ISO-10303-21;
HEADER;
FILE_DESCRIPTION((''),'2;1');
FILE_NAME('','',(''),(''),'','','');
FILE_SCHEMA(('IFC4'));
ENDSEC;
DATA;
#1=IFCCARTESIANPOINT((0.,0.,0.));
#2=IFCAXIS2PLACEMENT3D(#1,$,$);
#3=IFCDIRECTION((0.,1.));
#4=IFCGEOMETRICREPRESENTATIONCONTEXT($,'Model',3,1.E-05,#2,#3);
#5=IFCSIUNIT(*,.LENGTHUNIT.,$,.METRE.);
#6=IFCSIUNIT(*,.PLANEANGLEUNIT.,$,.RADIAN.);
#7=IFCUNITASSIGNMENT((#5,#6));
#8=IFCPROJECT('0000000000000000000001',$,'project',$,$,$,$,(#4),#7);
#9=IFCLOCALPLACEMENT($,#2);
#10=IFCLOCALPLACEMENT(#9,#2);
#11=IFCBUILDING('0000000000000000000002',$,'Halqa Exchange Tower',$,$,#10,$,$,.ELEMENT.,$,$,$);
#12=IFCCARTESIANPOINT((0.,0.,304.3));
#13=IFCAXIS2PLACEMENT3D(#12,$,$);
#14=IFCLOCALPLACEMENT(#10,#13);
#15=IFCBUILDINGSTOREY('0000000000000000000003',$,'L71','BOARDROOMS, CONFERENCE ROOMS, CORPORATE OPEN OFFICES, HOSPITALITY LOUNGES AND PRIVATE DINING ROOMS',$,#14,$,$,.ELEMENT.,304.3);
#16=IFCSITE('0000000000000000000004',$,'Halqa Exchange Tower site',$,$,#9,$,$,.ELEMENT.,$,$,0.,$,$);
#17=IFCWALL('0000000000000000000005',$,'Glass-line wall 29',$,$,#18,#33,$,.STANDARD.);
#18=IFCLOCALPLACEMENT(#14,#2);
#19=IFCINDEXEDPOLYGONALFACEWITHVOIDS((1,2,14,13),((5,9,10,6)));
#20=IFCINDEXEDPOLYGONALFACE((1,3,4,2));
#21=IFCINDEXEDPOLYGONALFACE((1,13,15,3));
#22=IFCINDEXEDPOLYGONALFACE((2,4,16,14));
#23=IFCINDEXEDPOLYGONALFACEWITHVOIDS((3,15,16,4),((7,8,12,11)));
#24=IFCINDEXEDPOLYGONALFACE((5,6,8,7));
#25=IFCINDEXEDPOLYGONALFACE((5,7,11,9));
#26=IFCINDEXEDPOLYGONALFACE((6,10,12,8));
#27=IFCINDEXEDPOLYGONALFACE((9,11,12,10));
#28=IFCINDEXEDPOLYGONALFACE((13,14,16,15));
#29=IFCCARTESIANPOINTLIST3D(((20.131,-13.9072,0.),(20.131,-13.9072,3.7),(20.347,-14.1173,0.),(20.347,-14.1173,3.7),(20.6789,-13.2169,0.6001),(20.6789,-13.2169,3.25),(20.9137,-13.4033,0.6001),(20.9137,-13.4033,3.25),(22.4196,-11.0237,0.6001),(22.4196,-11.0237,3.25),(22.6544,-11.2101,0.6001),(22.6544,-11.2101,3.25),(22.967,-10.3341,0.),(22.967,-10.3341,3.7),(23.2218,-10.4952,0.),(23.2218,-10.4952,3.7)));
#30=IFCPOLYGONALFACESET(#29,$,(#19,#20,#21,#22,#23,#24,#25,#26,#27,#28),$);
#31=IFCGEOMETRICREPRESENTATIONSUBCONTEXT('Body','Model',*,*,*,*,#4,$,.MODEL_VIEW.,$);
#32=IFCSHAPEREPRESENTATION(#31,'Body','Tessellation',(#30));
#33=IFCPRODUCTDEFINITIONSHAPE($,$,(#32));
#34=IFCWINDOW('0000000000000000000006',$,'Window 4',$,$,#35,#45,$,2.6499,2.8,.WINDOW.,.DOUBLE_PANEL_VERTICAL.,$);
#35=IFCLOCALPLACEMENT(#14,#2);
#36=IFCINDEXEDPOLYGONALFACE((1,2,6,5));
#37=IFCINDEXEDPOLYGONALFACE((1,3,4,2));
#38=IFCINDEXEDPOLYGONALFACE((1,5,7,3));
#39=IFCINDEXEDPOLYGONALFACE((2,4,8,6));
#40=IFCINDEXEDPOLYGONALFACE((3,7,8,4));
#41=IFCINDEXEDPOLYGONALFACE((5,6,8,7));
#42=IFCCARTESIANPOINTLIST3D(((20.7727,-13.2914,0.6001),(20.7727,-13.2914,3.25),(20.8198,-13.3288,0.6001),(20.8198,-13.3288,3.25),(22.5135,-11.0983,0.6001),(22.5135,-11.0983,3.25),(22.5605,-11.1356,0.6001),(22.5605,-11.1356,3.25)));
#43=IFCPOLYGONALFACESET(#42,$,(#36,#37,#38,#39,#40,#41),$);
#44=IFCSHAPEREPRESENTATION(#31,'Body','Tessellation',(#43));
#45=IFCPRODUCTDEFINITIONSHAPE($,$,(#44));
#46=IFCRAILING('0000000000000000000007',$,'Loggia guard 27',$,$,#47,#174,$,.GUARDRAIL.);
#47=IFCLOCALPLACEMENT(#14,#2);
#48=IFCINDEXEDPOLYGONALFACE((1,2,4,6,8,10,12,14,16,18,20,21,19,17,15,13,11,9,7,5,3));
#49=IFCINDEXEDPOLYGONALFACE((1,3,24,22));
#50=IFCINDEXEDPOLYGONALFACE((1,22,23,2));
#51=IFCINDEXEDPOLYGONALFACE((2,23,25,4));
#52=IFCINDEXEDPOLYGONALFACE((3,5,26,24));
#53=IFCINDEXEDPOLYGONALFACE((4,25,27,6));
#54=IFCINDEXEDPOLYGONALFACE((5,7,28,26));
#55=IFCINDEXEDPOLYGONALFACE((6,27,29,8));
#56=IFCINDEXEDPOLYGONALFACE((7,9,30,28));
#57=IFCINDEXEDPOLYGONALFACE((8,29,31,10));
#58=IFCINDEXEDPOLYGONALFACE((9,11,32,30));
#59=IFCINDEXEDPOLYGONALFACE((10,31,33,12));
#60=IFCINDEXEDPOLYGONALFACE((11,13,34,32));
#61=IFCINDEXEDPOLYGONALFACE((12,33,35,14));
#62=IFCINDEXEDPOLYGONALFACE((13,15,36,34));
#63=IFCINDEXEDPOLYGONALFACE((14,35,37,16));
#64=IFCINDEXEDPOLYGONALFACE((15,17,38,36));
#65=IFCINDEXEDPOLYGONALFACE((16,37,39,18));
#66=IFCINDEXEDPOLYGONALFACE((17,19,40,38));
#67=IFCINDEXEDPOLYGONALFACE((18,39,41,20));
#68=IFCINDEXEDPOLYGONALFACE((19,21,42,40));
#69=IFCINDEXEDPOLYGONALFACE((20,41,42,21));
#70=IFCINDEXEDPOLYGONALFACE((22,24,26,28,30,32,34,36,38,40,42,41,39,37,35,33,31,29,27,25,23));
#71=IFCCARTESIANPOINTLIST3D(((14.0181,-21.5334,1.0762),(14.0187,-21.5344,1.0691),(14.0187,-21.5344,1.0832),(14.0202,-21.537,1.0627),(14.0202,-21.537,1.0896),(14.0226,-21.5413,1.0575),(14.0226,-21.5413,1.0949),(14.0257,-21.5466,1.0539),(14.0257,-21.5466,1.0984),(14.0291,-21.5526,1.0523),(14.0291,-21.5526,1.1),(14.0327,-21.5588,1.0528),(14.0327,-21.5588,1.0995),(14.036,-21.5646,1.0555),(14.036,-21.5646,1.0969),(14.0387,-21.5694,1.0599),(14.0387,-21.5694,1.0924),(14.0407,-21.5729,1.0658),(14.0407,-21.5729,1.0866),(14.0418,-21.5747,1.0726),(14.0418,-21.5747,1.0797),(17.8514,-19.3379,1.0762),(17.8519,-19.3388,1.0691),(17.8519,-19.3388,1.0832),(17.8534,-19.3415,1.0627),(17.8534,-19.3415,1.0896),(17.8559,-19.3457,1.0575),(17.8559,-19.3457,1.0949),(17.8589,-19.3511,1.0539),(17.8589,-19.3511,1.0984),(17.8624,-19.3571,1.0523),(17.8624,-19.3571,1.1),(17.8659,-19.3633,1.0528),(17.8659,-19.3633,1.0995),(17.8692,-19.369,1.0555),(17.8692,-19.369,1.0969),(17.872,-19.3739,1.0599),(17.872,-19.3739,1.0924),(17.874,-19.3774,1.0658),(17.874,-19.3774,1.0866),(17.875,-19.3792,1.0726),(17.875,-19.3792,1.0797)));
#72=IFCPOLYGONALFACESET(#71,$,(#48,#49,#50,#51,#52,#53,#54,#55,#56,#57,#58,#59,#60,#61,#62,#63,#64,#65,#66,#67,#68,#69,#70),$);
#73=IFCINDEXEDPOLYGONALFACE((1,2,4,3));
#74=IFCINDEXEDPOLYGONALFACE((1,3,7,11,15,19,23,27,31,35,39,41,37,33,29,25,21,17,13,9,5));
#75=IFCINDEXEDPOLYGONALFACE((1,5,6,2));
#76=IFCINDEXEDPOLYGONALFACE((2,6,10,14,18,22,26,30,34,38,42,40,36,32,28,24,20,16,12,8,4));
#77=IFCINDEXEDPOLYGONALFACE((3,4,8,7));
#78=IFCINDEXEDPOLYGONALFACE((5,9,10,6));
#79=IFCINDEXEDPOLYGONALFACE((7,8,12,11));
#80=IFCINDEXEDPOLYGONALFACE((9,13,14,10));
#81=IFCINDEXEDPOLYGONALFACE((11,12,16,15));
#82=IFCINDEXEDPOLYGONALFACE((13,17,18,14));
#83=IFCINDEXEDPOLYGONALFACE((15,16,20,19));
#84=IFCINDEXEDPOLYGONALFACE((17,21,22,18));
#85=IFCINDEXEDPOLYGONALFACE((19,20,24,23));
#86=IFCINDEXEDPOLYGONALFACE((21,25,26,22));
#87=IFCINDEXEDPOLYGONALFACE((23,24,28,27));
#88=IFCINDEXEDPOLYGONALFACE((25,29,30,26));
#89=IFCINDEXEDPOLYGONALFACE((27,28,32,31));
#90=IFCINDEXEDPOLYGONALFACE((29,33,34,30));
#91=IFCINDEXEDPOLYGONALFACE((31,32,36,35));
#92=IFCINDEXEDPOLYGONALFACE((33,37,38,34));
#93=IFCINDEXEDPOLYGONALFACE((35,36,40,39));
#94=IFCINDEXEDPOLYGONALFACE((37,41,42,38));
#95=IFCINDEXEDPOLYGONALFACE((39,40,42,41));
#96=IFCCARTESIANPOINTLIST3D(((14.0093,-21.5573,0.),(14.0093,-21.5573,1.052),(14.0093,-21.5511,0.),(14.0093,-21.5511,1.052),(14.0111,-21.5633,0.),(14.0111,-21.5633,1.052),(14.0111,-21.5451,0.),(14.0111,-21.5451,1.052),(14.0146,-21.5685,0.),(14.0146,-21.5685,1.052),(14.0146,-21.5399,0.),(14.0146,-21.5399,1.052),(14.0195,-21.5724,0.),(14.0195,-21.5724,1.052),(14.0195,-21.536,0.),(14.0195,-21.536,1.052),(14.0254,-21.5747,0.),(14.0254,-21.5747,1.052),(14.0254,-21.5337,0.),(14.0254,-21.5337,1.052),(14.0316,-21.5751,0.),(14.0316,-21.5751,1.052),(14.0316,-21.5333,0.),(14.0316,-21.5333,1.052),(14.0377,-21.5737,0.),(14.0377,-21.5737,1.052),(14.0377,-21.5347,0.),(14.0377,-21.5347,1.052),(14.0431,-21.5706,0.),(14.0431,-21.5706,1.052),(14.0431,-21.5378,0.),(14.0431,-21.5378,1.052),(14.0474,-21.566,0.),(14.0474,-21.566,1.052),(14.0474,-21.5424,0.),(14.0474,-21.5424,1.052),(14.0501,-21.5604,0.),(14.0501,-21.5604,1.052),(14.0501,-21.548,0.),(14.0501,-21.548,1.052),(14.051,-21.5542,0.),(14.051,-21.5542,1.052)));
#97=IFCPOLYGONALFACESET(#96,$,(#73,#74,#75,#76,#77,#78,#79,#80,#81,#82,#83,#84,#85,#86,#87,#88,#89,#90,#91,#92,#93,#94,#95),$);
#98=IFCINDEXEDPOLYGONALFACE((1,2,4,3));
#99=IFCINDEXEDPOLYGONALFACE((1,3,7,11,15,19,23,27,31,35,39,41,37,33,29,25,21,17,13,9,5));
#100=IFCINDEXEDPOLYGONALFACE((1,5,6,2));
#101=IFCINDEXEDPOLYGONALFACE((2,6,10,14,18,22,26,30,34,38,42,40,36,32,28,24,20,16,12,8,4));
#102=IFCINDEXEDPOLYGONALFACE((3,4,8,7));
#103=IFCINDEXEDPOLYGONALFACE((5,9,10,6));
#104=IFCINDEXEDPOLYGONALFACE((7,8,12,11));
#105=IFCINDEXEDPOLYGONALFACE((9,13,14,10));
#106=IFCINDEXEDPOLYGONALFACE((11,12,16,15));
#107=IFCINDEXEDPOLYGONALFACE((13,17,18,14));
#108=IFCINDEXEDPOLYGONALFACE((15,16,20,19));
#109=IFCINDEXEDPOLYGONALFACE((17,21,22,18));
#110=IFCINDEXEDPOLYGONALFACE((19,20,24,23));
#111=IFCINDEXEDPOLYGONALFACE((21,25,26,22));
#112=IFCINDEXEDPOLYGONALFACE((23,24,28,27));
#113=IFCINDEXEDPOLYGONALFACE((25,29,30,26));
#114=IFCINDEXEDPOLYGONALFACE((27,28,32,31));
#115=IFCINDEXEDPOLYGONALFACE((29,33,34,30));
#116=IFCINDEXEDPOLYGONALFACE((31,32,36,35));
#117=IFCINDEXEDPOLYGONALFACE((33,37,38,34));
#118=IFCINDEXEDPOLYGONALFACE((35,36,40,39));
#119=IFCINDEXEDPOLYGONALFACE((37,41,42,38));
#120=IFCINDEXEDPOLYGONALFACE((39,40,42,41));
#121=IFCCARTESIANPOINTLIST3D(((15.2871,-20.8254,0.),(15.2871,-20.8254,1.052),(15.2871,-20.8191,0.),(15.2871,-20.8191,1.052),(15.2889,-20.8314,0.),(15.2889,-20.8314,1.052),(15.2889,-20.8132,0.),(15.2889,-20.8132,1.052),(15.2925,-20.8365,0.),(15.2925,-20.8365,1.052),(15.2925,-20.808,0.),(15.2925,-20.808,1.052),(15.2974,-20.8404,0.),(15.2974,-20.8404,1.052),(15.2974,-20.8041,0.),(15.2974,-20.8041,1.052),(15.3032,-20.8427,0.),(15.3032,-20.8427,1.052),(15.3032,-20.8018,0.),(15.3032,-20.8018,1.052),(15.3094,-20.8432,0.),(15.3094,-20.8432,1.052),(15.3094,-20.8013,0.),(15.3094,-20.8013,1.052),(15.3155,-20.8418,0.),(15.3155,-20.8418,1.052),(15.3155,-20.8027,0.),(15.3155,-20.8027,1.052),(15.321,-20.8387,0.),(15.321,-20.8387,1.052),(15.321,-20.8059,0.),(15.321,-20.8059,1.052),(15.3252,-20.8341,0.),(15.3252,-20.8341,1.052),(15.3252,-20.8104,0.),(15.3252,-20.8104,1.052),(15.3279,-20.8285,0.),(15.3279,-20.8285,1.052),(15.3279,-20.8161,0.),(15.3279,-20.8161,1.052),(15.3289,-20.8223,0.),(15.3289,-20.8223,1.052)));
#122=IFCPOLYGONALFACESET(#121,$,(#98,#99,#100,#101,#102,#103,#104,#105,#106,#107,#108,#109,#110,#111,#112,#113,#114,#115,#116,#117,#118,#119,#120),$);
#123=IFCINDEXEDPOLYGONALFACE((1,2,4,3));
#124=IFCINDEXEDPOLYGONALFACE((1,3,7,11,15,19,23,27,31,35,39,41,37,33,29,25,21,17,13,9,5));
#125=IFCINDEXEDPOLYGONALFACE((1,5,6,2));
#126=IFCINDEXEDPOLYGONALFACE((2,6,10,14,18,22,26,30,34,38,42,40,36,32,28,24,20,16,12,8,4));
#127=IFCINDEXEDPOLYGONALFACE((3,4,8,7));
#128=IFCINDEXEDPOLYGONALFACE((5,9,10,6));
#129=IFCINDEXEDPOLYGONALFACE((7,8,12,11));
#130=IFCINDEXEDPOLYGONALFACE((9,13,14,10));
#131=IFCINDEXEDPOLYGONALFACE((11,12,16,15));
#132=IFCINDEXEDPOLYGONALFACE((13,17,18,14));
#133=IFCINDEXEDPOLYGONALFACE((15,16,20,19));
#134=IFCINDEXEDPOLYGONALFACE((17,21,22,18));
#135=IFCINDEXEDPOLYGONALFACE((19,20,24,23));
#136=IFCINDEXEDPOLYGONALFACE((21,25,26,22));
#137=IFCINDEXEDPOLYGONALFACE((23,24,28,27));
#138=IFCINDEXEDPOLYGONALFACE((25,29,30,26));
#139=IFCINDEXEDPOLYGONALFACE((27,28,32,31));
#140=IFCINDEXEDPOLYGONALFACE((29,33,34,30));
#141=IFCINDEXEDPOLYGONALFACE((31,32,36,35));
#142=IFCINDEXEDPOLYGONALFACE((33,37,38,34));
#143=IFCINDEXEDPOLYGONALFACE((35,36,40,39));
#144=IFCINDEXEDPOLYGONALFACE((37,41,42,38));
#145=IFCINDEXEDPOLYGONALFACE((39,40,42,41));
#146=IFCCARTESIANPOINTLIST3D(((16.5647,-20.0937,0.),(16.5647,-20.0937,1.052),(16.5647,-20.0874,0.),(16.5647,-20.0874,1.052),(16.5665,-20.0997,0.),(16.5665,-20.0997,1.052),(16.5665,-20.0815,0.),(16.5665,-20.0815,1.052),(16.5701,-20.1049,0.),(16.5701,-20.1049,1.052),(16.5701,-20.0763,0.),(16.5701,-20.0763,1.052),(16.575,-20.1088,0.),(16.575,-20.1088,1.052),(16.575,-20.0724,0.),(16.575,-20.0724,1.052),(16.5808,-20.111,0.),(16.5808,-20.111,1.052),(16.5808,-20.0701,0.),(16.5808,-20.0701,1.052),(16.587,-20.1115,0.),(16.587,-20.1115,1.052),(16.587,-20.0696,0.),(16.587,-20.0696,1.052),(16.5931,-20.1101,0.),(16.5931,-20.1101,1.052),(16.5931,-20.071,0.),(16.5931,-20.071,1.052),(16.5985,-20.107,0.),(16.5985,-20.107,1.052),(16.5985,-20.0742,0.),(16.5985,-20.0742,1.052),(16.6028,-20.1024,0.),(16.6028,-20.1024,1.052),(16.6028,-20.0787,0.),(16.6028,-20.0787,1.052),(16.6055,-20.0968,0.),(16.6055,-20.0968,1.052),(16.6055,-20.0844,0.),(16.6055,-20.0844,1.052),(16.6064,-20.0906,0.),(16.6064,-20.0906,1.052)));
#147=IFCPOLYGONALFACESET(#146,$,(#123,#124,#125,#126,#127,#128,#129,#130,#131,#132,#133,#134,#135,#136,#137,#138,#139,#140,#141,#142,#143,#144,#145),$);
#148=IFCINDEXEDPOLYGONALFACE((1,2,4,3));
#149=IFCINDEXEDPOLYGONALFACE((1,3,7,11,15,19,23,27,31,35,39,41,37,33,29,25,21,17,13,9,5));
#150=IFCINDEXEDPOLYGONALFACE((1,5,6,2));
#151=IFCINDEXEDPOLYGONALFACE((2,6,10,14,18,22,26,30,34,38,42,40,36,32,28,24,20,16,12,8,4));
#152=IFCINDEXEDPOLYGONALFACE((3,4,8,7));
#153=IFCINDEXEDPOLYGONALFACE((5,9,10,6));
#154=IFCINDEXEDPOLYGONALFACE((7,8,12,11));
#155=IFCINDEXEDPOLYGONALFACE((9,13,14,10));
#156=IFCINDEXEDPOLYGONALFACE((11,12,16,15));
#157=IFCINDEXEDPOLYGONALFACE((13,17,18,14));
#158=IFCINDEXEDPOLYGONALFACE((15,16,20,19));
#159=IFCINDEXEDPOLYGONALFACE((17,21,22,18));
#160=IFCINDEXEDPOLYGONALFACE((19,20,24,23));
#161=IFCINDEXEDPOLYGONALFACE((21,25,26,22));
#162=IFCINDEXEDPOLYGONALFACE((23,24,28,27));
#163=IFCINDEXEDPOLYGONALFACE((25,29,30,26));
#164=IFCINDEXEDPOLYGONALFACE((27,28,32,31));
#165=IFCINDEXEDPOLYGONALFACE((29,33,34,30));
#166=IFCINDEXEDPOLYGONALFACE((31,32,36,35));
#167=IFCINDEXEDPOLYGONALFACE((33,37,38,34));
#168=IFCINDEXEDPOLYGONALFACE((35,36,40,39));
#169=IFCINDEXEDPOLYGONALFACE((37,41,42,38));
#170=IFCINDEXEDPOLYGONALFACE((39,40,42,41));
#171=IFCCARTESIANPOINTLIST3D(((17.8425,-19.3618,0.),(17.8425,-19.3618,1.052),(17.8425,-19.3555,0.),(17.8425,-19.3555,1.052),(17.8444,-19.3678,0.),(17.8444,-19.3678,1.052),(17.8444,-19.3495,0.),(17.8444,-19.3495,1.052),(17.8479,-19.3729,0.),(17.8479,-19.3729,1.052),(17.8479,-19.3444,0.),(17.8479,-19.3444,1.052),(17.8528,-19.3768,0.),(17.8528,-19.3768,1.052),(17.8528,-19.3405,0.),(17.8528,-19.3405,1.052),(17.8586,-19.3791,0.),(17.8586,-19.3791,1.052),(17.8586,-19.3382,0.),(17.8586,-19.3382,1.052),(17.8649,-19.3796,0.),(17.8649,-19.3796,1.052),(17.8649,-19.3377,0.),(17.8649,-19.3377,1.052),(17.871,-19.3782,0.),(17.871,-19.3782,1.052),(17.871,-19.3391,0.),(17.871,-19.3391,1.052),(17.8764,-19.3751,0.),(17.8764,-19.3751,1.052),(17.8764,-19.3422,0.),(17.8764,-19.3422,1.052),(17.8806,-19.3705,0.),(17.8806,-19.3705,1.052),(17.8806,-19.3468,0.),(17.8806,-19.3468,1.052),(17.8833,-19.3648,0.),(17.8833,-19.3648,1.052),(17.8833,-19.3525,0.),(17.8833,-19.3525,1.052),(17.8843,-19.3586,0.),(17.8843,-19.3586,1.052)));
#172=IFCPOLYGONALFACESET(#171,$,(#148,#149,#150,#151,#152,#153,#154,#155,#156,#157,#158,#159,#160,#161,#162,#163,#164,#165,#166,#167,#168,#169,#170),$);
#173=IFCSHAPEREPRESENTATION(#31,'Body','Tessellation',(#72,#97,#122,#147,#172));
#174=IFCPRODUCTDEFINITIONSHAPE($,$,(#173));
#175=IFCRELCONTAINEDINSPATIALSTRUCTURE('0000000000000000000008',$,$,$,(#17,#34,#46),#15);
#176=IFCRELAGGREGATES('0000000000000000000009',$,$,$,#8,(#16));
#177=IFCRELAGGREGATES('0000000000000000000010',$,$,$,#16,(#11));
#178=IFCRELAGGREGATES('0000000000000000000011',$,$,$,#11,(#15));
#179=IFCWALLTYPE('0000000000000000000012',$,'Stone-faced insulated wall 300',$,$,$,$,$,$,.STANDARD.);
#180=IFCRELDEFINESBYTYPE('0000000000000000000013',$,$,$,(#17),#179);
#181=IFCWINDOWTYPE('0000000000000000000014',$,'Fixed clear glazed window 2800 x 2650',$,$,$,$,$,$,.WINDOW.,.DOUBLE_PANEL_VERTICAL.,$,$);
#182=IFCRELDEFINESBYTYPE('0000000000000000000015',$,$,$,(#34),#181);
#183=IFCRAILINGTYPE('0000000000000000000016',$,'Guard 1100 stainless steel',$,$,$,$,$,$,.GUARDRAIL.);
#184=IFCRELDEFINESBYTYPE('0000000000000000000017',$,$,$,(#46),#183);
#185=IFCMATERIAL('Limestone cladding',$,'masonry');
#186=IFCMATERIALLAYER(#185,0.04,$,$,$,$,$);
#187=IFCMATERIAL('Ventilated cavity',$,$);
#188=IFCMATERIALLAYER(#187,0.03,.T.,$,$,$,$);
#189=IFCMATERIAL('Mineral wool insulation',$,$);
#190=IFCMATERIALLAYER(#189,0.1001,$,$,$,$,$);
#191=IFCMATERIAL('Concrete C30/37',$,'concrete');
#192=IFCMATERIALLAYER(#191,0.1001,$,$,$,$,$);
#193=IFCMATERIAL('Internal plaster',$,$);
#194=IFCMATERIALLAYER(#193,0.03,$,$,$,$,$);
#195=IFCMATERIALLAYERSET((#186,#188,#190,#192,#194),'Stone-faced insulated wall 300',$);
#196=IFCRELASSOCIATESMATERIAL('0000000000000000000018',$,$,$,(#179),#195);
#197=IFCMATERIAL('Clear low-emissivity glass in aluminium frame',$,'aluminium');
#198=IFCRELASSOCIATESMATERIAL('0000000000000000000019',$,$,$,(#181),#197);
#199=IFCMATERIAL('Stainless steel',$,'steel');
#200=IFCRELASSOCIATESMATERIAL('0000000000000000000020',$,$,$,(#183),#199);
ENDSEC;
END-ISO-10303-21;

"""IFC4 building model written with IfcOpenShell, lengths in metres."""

from ifc_helpers import new_model, si_unit, direction, frame, frame_2d, origin, origin_2d, place, context, subcontext, project, spatial, polyline, rectangle, circle, outline, extrude, material, layer, layer_set, type_object, element, fill, save


model = new_model("IFC4")

# Units and contexts
model_context = context("Model", 3, precision=1e-05, world=origin(), true_north=direction((0.0, 1.0)))
body_context = subcontext(model_context, "Body", "Model", "MODEL_VIEW")
ifc_project = project(units=[si_unit("LENGTHUNIT", "METRE"), si_unit("PLANEANGLEUNIT", "RADIAN")], contexts=[model_context])

# Site, building, storey
site_placement = place(None, origin())
site = spatial("IfcSite", under=ifc_project, at=site_placement, Name="Halqa Exchange Tower site", CompositionType="ELEMENT", RefElevation=0.0)
building_placement = place(site_placement, origin())
building = spatial("IfcBuilding", under=site, at=building_placement, Name="Halqa Exchange Tower", CompositionType="ELEMENT")
storey_placement = place(building_placement, frame((0.0, 0.0, 304.3)))
storey = spatial("IfcBuildingStorey", under=building, at=storey_placement, Name="L71", Description="BOARDROOMS, CONFERENCE ROOMS, CORPORATE OPEN OFFICES, HOSPITALITY LOUNGES AND PRIVATE DINING ROOMS", CompositionType="ELEMENT", Elevation=304.3)

# Shared definitions
ifc_material_1 = material(Name="Limestone cladding", Category="masonry")
ifc_layer_1 = layer(ifc_material_1, 0.04)
ifc_material_2 = material(Name="Ventilated cavity")
ifc_layer_2 = layer(ifc_material_2, 0.03, ventilated=True)
ifc_material_3 = material(Name="Mineral wool insulation")
ifc_layer_3 = layer(ifc_material_3, 0.1001)
ifc_material_4 = material(Name="Concrete C30/37", Category="concrete")
ifc_layer_4 = layer(ifc_material_4, 0.1001)
ifc_material_5 = material(Name="Internal plaster")
ifc_layer_5 = layer(ifc_material_5, 0.03)
ifc_layer_set_1 = layer_set([ifc_layer_1, ifc_layer_2, ifc_layer_3, ifc_layer_4, ifc_layer_5], Name="Stone-faced insulated wall 300")
wall_type_1 = type_object("IfcWallType", Name="Stone-faced insulated wall 300", PredefinedType="STANDARD", material=ifc_layer_set_1)
ifc_material_6 = material(Name="Clear low-emissivity glass in aluminium frame", Category="aluminium")
window_type = type_object("IfcWindowType", Name="Fixed clear glazed window 2800 x 2650", PartitioningType="DOUBLE_PANEL_VERTICAL", PredefinedType="WINDOW", material=ifc_material_6)

# Wall, opening, window
wall_1_placement = place(storey_placement, frame((20.239, -14.0122, 0.0), z_axis=(0.0, 0.0, 1.0), x_axis=(0.621683, 0.783269, 0.0)))
wall_1 = element("IfcWall", 1, at=wall_1_placement, inside=storey, type_object=wall_type_1, Name="Glass-line wall 29", PredefinedType="STANDARD", context=body_context, shape_type="SweptSolid", body=[
    extrude(outline(polyline([(-0.0151, -0.1499), (4.6091, -0.1499), (4.5769, 0.1499), (0.0151, 0.1499), (-0.0151, -0.1499)])), origin(), (0.0, 0.0, 1.0), 3.7),
])
opening_1_placement = place(wall_1_placement, frame((0.8965, 0.0, 0.6001)))
opening_1 = element("IfcOpeningElement", 2, at=opening_1_placement, cuts=wall_1, PredefinedType="OPENING", context=body_context, shape_type="SweptSolid", body=[
    extrude(rectangle(XDim=2.8, YDim=2.6499, at=frame_2d((1.3999, 1.325))), frame((0.0, 0.1621, 0.0), z_axis=(0.0, -1.0, 0.0), x_axis=(1.0, 0.0, 0.0)), (0.0, 0.0, 1.0), 0.324),
])
window_1_placement = place(opening_1_placement, origin())
window_1 = element("IfcWindow", 3, at=window_1_placement, inside=storey, type_object=window_type, Name="Window 4", OverallHeight=2.6499, OverallWidth=2.8, PartitioningType="DOUBLE_PANEL_VERTICAL", PredefinedType="WINDOW", context=body_context, shape_type="SweptSolid", body=[
    extrude(rectangle(XDim=2.8, YDim=2.6499, at=frame_2d((1.3999, 1.325))), frame((0.0, 0.03, 0.0), z_axis=(0.0, -1.0, 0.0), x_axis=(1.0, 0.0, 0.0)), (0.0, 0.0, 1.0), 0.0601),
])
fill(opening_1, window_1)

# Railing
ifc_material_7 = material(Name="Stainless steel", Category="steel")
railing_type = type_object("IfcRailingType", Name="Guard 1100 stainless steel", PredefinedType="GUARDRAIL", material=ifc_material_7)
railing_1_placement = place(storey_placement, frame((14.03, -21.5542, 0.0)))
element("IfcRailing", 4, at=railing_1_placement, inside=storey, type_object=railing_type, Name="Loggia guard 27", PredefinedType="GUARDRAIL", context=body_context, shape_type="SweptSolid", body=[
    extrude(circle(Radius=0.0239, at=origin_2d()), frame((0.0, 0.0, 1.0762), z_axis=(0.867743, 0.497014, 0.0), x_axis=(-0.497014, 0.867743, 0.0)), (0.0, 0.0, 1.0), 4.4175),
    extrude(circle(Radius=0.021, at=origin_2d()), origin(), (0.0, 0.0, 1.0), 1.052),
    extrude(circle(Radius=0.021, at=origin_2d()), frame((1.2778, 0.7319, 0.0)), (0.0, 0.0, 1.0), 1.052),
    extrude(circle(Radius=0.021, at=origin_2d()), frame((2.5554, 1.4636, 0.0)), (0.0, 0.0, 1.0), 1.052),
    extrude(circle(Radius=0.021, at=origin_2d()), frame((3.8333, 2.1956, 0.0)), (0.0, 0.0, 1.0), 1.052),
])

save(model, "model.ifc")
